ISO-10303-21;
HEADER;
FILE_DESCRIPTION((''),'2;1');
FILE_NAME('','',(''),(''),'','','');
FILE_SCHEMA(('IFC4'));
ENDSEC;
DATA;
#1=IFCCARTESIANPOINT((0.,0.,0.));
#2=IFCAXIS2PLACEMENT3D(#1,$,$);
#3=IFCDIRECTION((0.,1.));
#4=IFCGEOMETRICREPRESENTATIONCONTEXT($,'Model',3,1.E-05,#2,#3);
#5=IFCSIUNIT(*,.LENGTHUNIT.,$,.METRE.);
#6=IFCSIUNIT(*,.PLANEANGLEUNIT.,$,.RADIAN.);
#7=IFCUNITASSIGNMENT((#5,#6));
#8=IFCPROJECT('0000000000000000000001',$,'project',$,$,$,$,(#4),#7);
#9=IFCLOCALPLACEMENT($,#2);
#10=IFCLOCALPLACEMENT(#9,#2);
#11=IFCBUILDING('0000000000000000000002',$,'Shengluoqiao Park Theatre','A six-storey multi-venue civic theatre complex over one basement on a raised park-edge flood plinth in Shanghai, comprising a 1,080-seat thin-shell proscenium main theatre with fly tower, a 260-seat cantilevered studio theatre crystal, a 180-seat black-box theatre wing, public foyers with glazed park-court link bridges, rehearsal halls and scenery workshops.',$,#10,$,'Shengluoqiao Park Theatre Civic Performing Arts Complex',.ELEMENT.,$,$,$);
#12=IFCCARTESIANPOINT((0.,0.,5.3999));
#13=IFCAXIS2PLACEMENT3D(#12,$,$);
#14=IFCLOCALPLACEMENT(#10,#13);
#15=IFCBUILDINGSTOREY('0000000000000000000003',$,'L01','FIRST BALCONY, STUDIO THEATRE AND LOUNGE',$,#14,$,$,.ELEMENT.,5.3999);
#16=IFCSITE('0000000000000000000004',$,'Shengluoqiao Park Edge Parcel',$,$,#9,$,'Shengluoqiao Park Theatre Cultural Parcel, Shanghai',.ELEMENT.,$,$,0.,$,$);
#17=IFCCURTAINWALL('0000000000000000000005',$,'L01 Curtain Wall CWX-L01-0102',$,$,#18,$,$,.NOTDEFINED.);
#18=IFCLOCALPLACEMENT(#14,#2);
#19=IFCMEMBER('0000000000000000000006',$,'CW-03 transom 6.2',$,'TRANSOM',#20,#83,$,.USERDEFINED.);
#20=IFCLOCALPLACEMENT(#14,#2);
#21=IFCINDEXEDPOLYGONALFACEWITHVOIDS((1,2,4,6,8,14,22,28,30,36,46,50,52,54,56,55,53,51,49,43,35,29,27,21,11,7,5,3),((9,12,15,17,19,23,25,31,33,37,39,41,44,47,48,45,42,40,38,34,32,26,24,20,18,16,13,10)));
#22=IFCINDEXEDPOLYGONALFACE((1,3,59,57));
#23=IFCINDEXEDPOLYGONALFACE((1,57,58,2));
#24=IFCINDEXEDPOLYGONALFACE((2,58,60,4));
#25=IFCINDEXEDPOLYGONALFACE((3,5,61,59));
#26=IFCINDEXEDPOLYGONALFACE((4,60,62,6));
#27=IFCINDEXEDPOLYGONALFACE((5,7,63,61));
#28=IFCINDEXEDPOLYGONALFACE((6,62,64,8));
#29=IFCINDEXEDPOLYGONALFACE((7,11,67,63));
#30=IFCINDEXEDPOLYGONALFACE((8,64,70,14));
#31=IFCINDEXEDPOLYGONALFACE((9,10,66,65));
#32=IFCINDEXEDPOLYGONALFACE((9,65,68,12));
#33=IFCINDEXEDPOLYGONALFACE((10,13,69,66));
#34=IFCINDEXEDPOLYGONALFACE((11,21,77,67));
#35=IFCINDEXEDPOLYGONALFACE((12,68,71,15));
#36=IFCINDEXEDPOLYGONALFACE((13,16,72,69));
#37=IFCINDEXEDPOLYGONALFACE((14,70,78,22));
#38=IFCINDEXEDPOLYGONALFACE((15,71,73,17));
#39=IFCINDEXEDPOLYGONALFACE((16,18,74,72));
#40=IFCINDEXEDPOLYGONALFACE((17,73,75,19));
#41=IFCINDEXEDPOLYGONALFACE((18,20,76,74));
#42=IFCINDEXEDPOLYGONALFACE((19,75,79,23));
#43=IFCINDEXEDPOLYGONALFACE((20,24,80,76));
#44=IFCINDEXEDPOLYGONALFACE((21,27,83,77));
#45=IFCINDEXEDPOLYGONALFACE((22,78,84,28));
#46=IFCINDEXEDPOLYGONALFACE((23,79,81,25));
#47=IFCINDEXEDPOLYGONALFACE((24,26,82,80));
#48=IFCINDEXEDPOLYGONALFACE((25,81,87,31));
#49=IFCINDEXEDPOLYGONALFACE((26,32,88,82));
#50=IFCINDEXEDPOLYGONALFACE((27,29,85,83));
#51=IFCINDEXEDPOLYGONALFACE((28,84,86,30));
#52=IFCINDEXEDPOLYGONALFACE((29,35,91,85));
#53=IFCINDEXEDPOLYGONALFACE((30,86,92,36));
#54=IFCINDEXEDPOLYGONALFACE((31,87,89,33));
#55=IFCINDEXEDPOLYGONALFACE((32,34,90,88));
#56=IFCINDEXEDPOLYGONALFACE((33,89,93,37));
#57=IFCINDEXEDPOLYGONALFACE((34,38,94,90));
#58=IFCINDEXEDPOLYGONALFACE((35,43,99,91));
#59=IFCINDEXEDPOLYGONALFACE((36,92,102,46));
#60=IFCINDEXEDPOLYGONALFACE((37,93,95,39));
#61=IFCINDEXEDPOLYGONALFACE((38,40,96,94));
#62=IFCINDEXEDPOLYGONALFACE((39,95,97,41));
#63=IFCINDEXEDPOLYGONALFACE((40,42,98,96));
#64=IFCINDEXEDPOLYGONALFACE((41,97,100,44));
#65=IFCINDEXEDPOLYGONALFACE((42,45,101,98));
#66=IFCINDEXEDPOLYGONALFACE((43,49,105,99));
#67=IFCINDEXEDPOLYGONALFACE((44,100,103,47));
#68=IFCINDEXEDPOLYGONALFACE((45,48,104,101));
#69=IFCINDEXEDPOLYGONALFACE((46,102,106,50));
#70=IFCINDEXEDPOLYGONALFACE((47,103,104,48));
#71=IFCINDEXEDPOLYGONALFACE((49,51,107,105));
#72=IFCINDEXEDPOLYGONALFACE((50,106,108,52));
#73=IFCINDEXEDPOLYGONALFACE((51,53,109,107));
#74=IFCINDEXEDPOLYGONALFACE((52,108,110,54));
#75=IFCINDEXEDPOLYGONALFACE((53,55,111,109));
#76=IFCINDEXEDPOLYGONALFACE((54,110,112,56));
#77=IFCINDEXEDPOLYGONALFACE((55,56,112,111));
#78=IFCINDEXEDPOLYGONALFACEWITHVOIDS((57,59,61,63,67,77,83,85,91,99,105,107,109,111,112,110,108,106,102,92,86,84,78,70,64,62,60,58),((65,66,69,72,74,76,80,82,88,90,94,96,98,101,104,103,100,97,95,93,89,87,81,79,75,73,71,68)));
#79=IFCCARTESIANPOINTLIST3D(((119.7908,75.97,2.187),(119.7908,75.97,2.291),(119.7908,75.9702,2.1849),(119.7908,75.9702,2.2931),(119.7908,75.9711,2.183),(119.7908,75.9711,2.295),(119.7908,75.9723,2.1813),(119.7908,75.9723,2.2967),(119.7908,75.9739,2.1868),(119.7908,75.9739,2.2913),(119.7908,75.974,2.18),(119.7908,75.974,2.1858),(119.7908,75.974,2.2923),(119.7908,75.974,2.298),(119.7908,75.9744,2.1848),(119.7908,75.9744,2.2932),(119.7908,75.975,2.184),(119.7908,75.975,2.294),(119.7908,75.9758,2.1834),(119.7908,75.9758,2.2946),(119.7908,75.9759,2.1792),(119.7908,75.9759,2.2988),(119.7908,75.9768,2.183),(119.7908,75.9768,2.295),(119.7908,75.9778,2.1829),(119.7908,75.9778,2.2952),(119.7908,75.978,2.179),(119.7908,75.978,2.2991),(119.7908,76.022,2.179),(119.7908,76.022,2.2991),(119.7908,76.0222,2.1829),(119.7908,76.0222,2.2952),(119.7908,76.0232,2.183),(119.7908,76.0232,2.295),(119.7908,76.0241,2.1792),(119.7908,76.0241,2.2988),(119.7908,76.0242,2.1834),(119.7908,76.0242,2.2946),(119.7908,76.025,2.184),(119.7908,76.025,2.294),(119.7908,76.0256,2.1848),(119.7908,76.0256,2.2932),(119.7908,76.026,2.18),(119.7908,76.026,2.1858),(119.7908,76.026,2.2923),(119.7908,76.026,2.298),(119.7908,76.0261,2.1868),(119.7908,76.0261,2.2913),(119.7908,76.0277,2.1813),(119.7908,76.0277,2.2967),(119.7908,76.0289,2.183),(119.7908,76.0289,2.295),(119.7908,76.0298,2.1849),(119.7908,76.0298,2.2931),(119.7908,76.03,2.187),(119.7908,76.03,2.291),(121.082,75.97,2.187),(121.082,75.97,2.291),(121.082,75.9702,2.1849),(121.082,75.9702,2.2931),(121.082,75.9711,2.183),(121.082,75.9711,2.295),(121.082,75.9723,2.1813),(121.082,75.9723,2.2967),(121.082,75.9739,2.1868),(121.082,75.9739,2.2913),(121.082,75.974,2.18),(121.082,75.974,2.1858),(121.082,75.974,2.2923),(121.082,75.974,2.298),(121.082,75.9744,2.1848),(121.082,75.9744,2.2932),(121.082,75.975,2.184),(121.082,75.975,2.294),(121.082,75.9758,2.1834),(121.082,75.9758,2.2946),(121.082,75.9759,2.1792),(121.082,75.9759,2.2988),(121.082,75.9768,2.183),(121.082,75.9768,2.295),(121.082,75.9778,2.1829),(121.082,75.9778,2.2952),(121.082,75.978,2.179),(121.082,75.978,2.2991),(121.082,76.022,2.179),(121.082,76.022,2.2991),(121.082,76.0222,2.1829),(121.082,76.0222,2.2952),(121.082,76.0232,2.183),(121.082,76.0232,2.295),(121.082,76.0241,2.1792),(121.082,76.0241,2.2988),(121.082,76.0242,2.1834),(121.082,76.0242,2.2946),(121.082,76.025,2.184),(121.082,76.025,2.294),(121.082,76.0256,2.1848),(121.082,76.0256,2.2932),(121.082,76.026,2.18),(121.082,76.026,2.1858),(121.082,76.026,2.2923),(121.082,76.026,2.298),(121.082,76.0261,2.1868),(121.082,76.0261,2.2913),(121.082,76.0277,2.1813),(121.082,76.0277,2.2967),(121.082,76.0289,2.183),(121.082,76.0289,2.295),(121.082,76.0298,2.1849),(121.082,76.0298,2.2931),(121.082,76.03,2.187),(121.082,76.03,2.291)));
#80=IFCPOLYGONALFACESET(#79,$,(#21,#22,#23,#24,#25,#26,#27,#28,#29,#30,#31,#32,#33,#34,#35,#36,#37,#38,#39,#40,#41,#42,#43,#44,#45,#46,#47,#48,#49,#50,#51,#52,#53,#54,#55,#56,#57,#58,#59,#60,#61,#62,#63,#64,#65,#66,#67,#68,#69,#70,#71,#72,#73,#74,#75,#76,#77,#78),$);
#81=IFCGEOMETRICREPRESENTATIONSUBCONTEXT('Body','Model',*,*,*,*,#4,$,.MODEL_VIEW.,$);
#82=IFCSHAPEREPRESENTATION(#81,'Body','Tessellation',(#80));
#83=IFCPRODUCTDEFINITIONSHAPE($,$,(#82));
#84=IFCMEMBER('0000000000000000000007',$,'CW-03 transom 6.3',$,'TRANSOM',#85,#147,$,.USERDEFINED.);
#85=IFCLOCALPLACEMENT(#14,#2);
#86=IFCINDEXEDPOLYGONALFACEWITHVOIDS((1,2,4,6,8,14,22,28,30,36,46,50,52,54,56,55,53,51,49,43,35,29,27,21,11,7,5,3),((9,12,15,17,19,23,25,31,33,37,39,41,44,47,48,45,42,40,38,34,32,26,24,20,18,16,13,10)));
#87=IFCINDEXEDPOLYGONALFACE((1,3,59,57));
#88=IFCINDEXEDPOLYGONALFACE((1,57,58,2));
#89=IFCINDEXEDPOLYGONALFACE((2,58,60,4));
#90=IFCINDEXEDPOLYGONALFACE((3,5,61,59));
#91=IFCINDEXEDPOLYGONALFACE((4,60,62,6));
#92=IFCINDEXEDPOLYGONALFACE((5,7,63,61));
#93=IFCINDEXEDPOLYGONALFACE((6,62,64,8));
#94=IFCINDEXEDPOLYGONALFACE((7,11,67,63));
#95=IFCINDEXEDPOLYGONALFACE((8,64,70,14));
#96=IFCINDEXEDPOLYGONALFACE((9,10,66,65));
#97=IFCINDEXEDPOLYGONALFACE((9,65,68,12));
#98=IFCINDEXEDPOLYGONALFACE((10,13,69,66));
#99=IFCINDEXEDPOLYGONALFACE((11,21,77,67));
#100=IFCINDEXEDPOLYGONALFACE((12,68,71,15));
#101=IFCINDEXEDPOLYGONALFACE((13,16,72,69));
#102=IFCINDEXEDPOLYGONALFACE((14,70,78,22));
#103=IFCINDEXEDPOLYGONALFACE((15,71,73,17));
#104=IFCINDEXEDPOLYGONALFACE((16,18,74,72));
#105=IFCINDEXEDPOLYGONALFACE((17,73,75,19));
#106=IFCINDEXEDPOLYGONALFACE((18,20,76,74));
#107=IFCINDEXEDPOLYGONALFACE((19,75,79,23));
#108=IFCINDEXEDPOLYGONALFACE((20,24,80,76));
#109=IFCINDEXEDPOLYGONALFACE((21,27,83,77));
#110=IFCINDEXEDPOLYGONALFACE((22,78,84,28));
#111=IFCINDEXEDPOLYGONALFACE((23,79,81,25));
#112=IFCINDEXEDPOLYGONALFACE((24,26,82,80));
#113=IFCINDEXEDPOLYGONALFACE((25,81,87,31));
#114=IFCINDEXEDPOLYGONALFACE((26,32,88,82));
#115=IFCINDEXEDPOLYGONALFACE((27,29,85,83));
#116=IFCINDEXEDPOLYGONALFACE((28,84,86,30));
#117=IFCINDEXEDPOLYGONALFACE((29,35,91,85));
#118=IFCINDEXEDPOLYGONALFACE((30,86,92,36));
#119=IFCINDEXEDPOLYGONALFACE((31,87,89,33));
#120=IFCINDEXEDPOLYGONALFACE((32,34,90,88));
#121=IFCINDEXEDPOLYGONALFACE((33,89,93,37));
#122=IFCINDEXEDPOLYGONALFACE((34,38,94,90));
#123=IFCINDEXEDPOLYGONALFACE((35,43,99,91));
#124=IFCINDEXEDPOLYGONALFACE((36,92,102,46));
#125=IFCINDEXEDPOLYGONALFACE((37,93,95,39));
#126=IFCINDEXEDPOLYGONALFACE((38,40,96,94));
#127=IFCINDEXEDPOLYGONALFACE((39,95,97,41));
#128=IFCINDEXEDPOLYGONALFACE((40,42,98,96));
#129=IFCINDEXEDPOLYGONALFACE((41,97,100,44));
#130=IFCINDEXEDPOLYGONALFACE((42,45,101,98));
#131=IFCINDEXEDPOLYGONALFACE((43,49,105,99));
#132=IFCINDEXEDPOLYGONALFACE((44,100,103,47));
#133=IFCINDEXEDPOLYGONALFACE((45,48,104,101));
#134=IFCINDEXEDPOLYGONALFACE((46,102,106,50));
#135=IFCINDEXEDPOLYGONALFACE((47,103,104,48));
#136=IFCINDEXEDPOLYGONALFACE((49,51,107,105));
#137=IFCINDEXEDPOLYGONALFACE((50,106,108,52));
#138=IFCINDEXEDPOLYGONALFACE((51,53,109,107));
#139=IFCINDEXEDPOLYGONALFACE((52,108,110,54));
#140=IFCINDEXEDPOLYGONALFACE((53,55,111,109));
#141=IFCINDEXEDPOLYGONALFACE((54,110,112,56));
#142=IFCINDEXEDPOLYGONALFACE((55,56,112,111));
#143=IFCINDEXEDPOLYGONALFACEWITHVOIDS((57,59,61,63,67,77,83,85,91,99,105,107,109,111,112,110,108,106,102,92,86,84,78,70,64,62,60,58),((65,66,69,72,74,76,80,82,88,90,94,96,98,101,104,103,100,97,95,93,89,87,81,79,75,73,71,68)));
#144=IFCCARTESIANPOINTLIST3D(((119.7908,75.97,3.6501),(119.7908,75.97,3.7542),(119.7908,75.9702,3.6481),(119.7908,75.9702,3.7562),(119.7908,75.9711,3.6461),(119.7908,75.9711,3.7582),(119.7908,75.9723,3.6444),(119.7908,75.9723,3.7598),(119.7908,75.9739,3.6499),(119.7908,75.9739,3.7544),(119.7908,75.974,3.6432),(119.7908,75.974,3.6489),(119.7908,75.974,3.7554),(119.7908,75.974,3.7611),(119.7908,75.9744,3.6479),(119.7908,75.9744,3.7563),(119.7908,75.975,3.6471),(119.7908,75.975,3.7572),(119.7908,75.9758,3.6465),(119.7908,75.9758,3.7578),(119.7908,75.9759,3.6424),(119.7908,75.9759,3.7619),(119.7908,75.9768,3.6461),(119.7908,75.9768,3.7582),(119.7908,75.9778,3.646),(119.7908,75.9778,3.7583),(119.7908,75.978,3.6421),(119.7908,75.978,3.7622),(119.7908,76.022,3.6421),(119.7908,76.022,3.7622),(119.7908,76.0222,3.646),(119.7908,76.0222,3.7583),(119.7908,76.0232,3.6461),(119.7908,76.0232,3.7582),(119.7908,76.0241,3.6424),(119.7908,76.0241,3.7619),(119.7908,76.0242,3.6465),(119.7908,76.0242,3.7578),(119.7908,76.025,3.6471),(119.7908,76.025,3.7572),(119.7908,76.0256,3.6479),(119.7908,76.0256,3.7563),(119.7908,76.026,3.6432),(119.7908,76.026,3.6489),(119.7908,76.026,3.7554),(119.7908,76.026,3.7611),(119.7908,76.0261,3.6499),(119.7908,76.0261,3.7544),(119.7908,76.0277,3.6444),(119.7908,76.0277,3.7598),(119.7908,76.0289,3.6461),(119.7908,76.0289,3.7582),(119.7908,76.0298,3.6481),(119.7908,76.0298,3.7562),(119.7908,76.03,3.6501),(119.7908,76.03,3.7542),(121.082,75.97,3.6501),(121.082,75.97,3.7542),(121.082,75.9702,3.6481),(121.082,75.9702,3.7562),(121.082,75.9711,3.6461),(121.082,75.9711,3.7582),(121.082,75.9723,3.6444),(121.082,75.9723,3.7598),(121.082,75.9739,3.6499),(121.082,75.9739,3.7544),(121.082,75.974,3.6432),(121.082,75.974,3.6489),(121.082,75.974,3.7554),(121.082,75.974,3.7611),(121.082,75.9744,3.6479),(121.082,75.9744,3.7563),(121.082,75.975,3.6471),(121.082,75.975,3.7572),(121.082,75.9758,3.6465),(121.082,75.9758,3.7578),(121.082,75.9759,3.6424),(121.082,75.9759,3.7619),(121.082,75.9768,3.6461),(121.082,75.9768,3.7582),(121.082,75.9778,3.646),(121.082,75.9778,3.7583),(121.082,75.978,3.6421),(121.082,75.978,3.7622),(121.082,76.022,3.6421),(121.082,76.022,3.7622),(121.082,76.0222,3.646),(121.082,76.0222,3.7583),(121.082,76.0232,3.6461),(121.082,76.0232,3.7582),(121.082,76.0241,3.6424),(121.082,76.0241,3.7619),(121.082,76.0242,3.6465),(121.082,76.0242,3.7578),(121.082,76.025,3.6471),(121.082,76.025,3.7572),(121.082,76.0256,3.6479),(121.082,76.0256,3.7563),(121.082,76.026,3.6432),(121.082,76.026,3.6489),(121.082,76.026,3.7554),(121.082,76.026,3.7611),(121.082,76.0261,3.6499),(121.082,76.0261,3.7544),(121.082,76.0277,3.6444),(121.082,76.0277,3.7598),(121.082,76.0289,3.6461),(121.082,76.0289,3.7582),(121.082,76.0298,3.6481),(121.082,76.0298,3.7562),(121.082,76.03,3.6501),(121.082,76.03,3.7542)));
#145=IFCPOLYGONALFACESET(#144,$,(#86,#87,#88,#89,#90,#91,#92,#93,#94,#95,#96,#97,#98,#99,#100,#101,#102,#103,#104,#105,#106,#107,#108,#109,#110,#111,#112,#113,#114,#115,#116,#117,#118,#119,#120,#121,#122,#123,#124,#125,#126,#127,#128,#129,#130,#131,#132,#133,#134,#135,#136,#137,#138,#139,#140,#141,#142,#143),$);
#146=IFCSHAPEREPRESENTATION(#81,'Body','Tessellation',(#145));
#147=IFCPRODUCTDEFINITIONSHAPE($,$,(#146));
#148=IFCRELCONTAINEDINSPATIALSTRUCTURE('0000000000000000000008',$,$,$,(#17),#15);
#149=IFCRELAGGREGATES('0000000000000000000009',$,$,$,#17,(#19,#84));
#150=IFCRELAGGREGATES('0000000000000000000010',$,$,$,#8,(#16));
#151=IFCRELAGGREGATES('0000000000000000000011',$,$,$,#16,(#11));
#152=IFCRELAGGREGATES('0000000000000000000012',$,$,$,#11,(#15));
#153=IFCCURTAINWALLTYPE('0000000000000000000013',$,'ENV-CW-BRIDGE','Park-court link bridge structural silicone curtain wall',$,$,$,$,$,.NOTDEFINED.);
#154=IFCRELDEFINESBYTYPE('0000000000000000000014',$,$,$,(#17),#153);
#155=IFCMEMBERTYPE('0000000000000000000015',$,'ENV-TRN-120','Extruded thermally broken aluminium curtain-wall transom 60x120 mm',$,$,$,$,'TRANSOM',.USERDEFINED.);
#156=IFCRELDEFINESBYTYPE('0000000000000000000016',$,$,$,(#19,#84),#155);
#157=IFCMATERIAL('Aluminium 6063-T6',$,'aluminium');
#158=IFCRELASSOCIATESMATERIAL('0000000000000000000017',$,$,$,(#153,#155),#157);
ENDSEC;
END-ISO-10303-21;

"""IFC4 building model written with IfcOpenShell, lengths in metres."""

from ifc_helpers import new_model, si_unit, direction, frame, origin, origin_2d, place, context, subcontext, project, spatial, hollow_rectangle, extrude, material, material_profile, profile_set, type_object, element, aggregate, save


model = new_model("IFC4")

# Units and contexts
model_context = context("Model", 3, precision=1e-05, world=origin(), true_north=direction((0.0, 1.0)))
body_context = subcontext(model_context, "Body", "Model", "MODEL_VIEW")
ifc_project = project(units=[si_unit("LENGTHUNIT", "METRE"), si_unit("PLANEANGLEUNIT", "RADIAN")], contexts=[model_context])

# Site, building, storey
site_placement = place(None, origin())
site = spatial("IfcSite", under=ifc_project, at=site_placement, Name="Shengluoqiao Park Edge Parcel", LongName="Shengluoqiao Park Theatre Cultural Parcel, Shanghai", CompositionType="ELEMENT", RefElevation=0.0)
building_placement = place(site_placement, origin())
building = spatial("IfcBuilding", under=site, at=building_placement, Name="Shengluoqiao Park Theatre", Description="A six-storey multi-venue civic theatre complex over one basement on a raised park-edge flood plinth in Shanghai, comprising a 1,080-seat thin-shell proscenium main theatre with fly tower, a 260-seat cantilevered studio theatre crystal, a 180-seat black-box theatre wing, public foyers with glazed park-court link bridges, rehearsal halls and scenery workshops.", LongName="Shengluoqiao Park Theatre Civic Performing Arts Complex", CompositionType="ELEMENT")
storey_placement = place(building_placement, frame((0.0, 0.0, 5.3999)))
storey = spatial("IfcBuildingStorey", under=building, at=storey_placement, Name="L01", Description="FIRST BALCONY, STUDIO THEATRE AND LOUNGE", CompositionType="ELEMENT", Elevation=5.3999)

# Curtain wall
ifc_material_1 = material(Name="Aluminium 6063-T6", Category="aluminium")
curtain_wall_type = type_object("IfcCurtainWallType", Name="ENV-CW-BRIDGE", Description="Park-court link bridge structural silicone curtain wall", PredefinedType="NOTDEFINED", material=ifc_material_1)
curtain_wall_1_placement = place(storey_placement, origin())
curtain_wall_1 = element("IfcCurtainWall", 1, at=curtain_wall_1_placement, inside=storey, type_object=curtain_wall_type, Name="L01 Curtain Wall CWX-L01-0102", PredefinedType="NOTDEFINED")

# Members
ifc_material_profile_1 = material_profile(ifc_material_1, hollow_rectangle(XDim=0.0601, YDim=0.1201, WallThickness=0.0039, InnerFilletRadius=0.0039, OuterFilletRadius=0.0081, at=origin_2d()), Name="ALU TRANSOM 120x60x4")
ifc_profile_set_1 = profile_set([ifc_material_profile_1], Name="Aluminium 6063-T6")
member_type_1 = type_object("IfcMemberType", Name="ENV-TRN-120", Description="Extruded thermally broken aluminium curtain-wall transom 60x120 mm", ElementType="TRANSOM", PredefinedType="USERDEFINED", material=ifc_profile_set_1)
member_1_placement = place(storey_placement, frame((119.7908, 76.0, 2.239), z_axis=(1.0, 0.0, 0.0), x_axis=(0.0, 1.0, 0.0)))
member_1 = element("IfcMember", 2, at=member_1_placement, type_object=member_type_1, Name="CW-03 transom 6.2", ObjectType="TRANSOM", PredefinedType="USERDEFINED", context=body_context, shape_type="SweptSolid", body=[
    extrude(hollow_rectangle(XDim=0.0601, YDim=0.1201, WallThickness=0.0039, InnerFilletRadius=0.0039, OuterFilletRadius=0.0081, at=origin_2d()), origin(), (0.0, 0.0, 1.0), 1.2913),
])
member_2_placement = place(storey_placement, frame((119.7908, 76.0, 3.7021), z_axis=(1.0, 0.0, 0.0), x_axis=(0.0, 1.0, 0.0)))
member_2 = element("IfcMember", 3, at=member_2_placement, type_object=member_type_1, Name="CW-03 transom 6.3", ObjectType="TRANSOM", PredefinedType="USERDEFINED", context=body_context, shape_type="SweptSolid", body=[
    extrude(hollow_rectangle(XDim=0.0601, YDim=0.1201, WallThickness=0.0039, InnerFilletRadius=0.0039, OuterFilletRadius=0.0081, at=origin_2d()), origin(), (0.0, 0.0, 1.0), 1.2913),
])

aggregate(curtain_wall_1, [member_1, member_2])

save(model, "model.ifc")
